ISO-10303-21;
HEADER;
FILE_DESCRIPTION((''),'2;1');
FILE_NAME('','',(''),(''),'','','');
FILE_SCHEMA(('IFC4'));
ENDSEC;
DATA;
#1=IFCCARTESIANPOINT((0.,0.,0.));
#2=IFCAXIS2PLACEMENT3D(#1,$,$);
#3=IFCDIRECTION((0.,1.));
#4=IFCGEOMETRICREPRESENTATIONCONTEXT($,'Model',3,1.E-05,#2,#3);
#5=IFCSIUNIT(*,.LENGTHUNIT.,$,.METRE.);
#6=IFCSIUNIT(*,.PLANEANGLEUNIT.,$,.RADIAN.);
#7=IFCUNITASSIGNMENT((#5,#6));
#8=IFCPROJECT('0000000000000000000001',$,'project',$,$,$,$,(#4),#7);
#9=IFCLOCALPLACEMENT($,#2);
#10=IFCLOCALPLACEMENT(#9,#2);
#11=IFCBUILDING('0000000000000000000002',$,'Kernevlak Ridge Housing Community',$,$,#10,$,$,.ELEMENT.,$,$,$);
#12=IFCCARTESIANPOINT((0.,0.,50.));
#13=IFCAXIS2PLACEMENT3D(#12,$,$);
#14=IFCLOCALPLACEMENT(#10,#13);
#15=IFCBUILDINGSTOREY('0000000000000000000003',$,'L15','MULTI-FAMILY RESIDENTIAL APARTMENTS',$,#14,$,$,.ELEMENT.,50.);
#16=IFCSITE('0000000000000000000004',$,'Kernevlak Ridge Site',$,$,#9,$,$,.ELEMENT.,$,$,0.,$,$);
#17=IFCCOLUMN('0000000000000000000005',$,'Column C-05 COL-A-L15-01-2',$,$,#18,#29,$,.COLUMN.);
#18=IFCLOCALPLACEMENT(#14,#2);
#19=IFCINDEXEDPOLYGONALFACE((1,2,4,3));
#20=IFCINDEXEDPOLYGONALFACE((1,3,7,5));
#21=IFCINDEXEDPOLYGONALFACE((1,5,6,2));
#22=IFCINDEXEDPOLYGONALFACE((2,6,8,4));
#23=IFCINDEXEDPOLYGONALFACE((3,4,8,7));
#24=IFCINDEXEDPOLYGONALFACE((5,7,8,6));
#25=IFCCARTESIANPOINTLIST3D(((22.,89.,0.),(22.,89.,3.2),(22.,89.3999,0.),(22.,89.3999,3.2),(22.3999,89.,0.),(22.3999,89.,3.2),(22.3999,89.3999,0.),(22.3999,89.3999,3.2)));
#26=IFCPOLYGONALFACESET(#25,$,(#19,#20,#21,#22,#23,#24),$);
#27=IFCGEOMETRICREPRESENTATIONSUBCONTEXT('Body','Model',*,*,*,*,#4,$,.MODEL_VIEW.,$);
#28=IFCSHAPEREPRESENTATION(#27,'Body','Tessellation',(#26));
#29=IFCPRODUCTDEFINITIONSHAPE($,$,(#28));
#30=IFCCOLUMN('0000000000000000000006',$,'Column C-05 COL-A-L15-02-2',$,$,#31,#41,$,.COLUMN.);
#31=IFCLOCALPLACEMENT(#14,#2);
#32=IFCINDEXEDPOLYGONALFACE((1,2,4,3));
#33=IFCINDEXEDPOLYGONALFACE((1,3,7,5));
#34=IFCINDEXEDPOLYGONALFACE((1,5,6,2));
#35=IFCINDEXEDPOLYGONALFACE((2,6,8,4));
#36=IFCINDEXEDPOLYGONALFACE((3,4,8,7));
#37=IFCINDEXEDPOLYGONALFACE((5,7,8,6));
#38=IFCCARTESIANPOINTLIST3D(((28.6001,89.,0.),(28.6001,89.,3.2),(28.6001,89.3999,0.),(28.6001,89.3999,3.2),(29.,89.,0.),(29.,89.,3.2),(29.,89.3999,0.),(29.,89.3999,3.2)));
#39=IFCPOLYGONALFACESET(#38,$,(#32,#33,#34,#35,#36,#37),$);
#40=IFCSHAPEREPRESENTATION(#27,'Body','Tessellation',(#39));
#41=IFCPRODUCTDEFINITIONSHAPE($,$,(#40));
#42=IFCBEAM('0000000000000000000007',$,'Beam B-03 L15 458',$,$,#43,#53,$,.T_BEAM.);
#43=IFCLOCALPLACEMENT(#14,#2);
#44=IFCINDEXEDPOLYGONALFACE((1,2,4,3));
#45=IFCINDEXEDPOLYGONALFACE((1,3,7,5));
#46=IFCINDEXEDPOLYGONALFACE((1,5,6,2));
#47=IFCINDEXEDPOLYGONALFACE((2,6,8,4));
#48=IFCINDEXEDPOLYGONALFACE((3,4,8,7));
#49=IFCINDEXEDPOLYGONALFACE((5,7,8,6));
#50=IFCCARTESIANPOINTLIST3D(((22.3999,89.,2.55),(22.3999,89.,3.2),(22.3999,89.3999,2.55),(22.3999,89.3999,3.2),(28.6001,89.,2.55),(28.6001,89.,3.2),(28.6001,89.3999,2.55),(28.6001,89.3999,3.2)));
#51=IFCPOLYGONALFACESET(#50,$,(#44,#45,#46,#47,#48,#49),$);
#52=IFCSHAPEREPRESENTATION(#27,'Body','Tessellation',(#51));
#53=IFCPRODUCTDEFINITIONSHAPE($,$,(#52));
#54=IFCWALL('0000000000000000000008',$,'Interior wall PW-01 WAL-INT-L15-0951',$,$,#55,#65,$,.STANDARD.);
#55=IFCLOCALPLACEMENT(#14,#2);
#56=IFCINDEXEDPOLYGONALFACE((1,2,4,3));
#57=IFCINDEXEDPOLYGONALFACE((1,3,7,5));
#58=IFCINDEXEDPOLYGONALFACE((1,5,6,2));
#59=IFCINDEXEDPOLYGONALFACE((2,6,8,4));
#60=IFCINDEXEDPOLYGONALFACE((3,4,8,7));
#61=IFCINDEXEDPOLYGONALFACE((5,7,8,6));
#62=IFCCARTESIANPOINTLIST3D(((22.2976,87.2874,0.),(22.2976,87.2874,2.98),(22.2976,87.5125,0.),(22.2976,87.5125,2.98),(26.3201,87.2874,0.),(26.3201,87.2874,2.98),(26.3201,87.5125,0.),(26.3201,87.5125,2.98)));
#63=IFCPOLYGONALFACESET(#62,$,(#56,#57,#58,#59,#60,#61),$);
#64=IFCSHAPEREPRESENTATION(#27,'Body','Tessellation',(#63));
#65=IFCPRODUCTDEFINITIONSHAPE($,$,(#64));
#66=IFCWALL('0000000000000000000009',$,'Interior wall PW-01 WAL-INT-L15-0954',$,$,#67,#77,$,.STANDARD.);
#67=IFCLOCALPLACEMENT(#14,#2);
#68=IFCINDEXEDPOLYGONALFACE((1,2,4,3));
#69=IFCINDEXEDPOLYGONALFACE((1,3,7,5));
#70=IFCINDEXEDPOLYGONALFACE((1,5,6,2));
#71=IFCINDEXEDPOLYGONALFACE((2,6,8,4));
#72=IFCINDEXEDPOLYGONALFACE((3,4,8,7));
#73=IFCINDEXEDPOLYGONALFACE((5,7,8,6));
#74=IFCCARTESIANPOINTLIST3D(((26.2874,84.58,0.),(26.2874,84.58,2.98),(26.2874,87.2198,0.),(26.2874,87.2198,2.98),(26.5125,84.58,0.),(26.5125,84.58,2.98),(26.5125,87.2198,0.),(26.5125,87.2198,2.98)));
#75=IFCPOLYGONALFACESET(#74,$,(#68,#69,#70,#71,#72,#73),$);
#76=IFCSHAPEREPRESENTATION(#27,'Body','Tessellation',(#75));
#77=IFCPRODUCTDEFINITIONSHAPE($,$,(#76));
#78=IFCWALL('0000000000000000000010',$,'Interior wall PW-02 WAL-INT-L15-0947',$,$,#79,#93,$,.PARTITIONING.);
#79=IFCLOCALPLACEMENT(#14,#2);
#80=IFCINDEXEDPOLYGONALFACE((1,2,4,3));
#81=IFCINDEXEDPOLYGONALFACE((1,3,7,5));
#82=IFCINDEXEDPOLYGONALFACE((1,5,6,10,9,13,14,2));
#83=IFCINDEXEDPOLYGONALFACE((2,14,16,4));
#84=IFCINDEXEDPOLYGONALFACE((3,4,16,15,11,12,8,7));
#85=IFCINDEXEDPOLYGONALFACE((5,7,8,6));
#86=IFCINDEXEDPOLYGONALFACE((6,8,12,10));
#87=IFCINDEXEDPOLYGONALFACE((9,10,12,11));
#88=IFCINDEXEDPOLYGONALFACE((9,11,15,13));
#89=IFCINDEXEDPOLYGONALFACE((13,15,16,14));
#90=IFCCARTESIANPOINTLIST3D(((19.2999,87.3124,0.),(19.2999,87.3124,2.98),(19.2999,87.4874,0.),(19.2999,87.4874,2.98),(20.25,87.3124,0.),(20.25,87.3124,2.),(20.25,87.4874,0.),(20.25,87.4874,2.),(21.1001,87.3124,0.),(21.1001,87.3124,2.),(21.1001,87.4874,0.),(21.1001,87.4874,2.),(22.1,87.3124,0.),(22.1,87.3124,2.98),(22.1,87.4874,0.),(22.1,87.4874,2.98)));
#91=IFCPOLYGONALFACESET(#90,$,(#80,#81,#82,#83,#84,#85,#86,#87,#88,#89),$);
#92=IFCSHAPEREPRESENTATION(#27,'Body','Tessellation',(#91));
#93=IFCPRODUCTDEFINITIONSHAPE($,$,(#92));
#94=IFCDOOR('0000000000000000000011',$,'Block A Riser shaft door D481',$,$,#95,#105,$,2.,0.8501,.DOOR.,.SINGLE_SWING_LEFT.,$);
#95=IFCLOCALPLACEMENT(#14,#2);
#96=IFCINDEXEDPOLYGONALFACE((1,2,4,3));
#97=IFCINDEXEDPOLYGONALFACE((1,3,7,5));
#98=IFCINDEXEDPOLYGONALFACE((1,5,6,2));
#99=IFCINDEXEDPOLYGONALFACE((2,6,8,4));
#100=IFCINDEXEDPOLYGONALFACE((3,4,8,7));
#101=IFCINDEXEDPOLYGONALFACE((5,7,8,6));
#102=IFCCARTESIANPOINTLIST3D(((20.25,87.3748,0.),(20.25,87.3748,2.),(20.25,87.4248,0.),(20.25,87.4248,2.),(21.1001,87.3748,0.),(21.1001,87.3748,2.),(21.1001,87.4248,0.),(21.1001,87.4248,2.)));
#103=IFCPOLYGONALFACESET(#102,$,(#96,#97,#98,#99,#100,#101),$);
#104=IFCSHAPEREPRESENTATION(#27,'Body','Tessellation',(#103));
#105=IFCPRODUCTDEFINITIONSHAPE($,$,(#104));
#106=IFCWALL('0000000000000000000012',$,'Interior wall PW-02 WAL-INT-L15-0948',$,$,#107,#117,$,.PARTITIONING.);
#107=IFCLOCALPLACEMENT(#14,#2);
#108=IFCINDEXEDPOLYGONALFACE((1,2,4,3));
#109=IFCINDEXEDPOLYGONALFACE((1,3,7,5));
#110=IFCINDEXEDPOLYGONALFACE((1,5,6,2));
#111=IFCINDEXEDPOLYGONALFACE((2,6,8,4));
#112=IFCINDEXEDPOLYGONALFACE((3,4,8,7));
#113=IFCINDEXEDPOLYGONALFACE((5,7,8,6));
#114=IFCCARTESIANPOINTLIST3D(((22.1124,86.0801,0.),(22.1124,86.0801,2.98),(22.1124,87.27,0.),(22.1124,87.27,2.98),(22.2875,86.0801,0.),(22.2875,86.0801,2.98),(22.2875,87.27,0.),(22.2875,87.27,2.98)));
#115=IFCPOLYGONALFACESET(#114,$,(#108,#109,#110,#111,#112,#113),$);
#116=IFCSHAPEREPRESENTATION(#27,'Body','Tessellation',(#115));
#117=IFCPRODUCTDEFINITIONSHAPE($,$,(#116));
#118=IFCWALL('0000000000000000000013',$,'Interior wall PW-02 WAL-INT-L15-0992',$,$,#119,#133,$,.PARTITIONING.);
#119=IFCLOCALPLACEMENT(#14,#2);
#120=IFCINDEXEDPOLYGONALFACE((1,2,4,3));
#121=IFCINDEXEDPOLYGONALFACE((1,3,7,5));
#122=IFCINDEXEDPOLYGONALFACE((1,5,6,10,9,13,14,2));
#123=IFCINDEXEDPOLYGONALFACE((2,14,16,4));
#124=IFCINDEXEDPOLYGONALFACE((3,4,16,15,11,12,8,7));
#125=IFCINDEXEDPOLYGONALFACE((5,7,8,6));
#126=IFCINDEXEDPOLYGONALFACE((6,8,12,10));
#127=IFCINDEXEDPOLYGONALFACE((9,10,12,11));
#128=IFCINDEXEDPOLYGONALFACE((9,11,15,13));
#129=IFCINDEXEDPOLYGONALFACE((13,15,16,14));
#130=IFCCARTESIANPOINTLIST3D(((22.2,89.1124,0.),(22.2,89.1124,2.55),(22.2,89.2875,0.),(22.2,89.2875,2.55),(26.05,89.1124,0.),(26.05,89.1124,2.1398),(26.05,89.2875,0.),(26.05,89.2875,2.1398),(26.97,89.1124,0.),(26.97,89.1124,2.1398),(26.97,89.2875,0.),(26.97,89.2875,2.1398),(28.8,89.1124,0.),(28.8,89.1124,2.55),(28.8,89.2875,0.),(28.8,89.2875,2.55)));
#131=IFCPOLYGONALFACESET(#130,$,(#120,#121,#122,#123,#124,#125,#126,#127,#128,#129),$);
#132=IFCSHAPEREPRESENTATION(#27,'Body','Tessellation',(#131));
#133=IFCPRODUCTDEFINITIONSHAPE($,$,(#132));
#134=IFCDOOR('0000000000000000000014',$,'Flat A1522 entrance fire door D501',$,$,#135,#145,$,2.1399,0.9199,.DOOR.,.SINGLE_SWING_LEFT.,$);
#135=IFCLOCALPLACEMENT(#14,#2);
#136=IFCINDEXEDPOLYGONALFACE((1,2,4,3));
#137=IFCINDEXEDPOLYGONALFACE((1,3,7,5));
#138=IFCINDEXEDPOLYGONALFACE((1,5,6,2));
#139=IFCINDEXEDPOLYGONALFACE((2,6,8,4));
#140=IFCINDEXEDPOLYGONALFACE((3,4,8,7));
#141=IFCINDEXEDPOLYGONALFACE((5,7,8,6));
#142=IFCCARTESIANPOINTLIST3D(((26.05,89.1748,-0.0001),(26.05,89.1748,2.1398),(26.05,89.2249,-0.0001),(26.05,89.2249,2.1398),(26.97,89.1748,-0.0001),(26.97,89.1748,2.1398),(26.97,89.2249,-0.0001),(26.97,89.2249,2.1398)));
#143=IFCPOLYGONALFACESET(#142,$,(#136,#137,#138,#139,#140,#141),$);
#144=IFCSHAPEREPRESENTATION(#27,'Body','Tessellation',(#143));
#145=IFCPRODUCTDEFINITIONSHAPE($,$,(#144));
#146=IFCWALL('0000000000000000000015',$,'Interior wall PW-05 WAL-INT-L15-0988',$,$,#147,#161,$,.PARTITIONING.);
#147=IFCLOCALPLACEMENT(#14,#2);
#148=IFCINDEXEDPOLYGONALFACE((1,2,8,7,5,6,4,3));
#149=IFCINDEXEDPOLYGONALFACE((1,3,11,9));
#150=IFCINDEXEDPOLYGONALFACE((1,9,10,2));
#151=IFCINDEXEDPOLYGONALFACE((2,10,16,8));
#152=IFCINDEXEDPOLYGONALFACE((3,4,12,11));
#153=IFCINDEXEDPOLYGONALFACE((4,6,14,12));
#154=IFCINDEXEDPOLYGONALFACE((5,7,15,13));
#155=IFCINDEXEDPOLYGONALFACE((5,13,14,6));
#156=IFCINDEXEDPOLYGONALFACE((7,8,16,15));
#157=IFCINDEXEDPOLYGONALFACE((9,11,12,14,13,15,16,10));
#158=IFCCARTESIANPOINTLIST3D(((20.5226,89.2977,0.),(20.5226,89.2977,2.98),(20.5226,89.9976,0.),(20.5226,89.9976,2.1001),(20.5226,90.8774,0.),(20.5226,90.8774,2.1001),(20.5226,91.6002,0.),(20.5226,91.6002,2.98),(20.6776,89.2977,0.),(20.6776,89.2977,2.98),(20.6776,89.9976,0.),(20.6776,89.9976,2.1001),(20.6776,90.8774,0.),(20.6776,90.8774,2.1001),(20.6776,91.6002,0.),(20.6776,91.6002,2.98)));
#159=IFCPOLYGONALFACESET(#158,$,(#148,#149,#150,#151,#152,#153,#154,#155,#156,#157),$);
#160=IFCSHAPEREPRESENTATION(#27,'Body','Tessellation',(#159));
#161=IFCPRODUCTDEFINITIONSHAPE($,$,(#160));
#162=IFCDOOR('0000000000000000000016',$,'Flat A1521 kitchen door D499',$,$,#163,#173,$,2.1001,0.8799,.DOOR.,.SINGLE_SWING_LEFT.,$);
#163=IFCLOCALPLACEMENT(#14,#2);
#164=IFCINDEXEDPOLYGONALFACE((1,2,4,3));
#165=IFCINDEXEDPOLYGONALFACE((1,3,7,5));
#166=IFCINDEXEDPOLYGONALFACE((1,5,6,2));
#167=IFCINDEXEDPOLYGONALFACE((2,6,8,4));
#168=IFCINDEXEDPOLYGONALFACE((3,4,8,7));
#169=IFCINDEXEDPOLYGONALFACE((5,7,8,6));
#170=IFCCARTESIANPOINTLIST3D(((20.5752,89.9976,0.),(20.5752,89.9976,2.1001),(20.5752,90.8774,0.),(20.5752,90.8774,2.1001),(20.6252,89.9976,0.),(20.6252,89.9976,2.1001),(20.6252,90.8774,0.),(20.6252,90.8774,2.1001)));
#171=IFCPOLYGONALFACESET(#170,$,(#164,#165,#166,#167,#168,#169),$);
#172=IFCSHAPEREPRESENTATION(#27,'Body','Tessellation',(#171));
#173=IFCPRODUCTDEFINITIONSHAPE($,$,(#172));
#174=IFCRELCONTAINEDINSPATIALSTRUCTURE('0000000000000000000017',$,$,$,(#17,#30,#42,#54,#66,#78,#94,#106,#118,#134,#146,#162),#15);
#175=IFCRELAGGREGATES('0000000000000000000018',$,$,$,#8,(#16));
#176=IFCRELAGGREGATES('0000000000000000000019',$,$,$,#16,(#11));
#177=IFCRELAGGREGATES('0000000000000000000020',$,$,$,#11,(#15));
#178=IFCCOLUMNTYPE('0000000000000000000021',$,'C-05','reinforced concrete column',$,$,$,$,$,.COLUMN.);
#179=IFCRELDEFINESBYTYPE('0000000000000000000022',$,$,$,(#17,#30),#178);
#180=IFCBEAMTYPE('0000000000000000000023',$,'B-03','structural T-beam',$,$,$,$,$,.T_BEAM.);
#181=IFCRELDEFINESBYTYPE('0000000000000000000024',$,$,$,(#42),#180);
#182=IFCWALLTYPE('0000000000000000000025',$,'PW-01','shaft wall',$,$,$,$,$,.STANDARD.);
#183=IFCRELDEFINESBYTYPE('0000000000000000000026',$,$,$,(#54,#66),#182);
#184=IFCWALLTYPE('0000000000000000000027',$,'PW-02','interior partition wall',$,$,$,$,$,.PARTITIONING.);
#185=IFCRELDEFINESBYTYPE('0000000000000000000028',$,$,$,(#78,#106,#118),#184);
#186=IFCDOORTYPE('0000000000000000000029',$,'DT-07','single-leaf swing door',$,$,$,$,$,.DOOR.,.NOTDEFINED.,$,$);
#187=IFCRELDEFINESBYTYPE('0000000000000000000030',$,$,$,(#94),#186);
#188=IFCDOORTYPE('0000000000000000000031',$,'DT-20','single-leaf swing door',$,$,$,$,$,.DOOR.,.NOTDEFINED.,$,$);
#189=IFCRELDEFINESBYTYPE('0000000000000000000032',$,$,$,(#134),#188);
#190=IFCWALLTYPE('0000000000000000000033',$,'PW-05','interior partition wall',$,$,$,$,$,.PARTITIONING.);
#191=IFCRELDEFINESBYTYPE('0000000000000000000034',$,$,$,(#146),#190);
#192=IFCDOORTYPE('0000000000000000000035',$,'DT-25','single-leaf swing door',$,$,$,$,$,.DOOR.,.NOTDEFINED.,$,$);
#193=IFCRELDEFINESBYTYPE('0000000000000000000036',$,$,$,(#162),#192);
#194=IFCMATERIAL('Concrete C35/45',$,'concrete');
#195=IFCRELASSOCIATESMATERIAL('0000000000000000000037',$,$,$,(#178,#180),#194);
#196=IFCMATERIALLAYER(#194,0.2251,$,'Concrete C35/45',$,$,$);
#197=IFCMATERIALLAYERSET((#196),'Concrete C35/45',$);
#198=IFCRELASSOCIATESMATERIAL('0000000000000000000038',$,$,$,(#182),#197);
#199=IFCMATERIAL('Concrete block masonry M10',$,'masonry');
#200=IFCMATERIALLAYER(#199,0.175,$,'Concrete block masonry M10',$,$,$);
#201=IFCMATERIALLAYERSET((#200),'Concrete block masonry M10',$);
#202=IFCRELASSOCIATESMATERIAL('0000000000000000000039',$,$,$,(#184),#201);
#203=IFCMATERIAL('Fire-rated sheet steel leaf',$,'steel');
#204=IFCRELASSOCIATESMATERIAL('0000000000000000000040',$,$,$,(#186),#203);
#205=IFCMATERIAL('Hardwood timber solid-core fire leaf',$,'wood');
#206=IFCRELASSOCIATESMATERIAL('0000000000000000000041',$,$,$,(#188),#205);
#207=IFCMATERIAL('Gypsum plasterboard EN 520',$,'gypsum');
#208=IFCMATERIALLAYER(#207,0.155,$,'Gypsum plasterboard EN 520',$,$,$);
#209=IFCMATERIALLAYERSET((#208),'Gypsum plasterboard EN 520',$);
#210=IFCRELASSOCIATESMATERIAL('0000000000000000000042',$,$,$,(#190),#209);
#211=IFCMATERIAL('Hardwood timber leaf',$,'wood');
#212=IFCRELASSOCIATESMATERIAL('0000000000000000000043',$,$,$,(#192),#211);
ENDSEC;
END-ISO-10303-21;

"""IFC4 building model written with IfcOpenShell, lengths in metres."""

from ifc_helpers import new_model, si_unit, direction, frame, frame_2d, origin, origin_2d, place, context, subcontext, project, spatial, rectangle, extrude, material, layer, layer_set, material_profile, profile_set, type_object, element, fill, save


model = new_model("IFC4")

# Units and contexts
model_context = context("Model", 3, precision=1e-05, world=origin(), true_north=direction((0.0, 1.0)))
body_context = subcontext(model_context, "Body", "Model", "MODEL_VIEW")
ifc_project = project(units=[si_unit("LENGTHUNIT", "METRE"), si_unit("PLANEANGLEUNIT", "RADIAN")], contexts=[model_context])

# Site, building, storey
site_placement = place(None, origin())
site = spatial("IfcSite", under=ifc_project, at=site_placement, Name="Kernevlak Ridge Site", CompositionType="ELEMENT", RefElevation=0.0)
building_placement = place(site_placement, origin())
building = spatial("IfcBuilding", under=site, at=building_placement, Name="Kernevlak Ridge Housing Community", CompositionType="ELEMENT")
storey_placement = place(building_placement, frame((0.0, 0.0, 50.0)))
storey = spatial("IfcBuildingStorey", under=building, at=storey_placement, Name="L15", Description="MULTI-FAMILY RESIDENTIAL APARTMENTS", CompositionType="ELEMENT", Elevation=50.0)

# Columns
ifc_material_1 = material(Name="Concrete C35/45", Category="concrete")
ifc_material_profile_1 = material_profile(ifc_material_1, rectangle(XDim=0.3999, YDim=0.3999, at=origin_2d()), Name="RC 400x400")
ifc_profile_set_1 = profile_set([ifc_material_profile_1], Name="Concrete C35/45")
column_type = type_object("IfcColumnType", Name="C-05", Description="reinforced concrete column", PredefinedType="COLUMN", material=ifc_profile_set_1)
for number, where, z_axis, x_axis, name in (
    (1, (22.2, 89.2, 0.0), (0.0, 0.0, 1.0), (1.0, 0.0, 0.0), "Column C-05 COL-A-L15-01-2"),
    (2, (28.8, 89.2, 0.0), (0.0, 0.0, 1.0), (1.0, 0.0, 0.0), "Column C-05 COL-A-L15-02-2"),
):
    element("IfcColumn", number, at=place(storey_placement, frame(where, z_axis=z_axis, x_axis=x_axis)), inside=storey, type_object=column_type, Name=name, PredefinedType="COLUMN", context=body_context, shape_type="SweptSolid", body=[
        extrude(rectangle(XDim=0.3999, YDim=0.3999, at=origin_2d()), origin(), (0.0, 0.0, 1.0), 3.2),
    ])

# Beam
ifc_material_profile_2 = material_profile(ifc_material_1, rectangle(XDim=0.3999, YDim=0.6499, at=origin_2d()), Name="RC 400x650")
ifc_profile_set_2 = profile_set([ifc_material_profile_2], Name="Concrete C35/45")
beam_type = type_object("IfcBeamType", Name="B-03", Description="structural T-beam", PredefinedType="T_BEAM", material=ifc_profile_set_2)
beam_placement = place(storey_placement, frame((22.3999, 89.2, 2.875), z_axis=(1.0, 0.0, 0.0), x_axis=(0.0, 1.0, 0.0)))
element("IfcBeam", 3, at=beam_placement, inside=storey, type_object=beam_type, Name="Beam B-03 L15 458", PredefinedType="T_BEAM", context=body_context, shape_type="SweptSolid", body=[
    extrude(rectangle(XDim=0.3999, YDim=0.6499, at=origin_2d()), origin(), (0.0, 0.0, 1.0), 6.2002),
])

# Walls
ifc_layer_1 = layer(ifc_material_1, 0.2251, Name="Concrete C35/45")
ifc_layer_set_1 = layer_set([ifc_layer_1], Name="Concrete C35/45")
wall_type_1 = type_object("IfcWallType", Name="PW-01", Description="shaft wall", PredefinedType="STANDARD", material=ifc_layer_set_1)
wall_1_placement = place(storey_placement, frame((22.2976, 87.3999, 0.0), z_axis=(0.0, 0.0, 1.0), x_axis=(1.0, 0.0, 0.0)))
element("IfcWall", 4, at=wall_1_placement, inside=storey, type_object=wall_type_1, Name="Interior wall PW-01 WAL-INT-L15-0951", PredefinedType="STANDARD", context=body_context, shape_type="SweptSolid", body=[
    extrude(rectangle(XDim=4.0225, YDim=0.2251, at=frame_2d((2.0112, 0.0))), origin(), (0.0, 0.0, 1.0), 2.98),
])
wall_2_placement = place(storey_placement, frame((26.3999, 84.5801, 0.0), z_axis=(0.0, 0.0, 1.0), x_axis=(0.0, 1.0, 0.0)))
element("IfcWall", 5, at=wall_2_placement, inside=storey, type_object=wall_type_1, Name="Interior wall PW-01 WAL-INT-L15-0954", PredefinedType="STANDARD", context=body_context, shape_type="SweptSolid", body=[
    extrude(rectangle(XDim=2.6399, YDim=0.2251, at=frame_2d((1.3198, 0.0))), origin(), (0.0, 0.0, 1.0), 2.98),
])

# Wall, opening, door
ifc_material_2 = material(Name="Concrete block masonry M10", Category="masonry")
ifc_layer_2 = layer(ifc_material_2, 0.175, Name="Concrete block masonry M10")
ifc_layer_set_2 = layer_set([ifc_layer_2], Name="Concrete block masonry M10")
wall_type_2 = type_object("IfcWallType", Name="PW-02", Description="interior partition wall", PredefinedType="PARTITIONING", material=ifc_layer_set_2)
wall_3_placement = place(storey_placement, frame((19.3, 87.3999, 0.0), z_axis=(0.0, 0.0, 1.0), x_axis=(1.0, 0.0, 0.0)))
wall_3 = element("IfcWall", 6, at=wall_3_placement, inside=storey, type_object=wall_type_2, Name="Interior wall PW-02 WAL-INT-L15-0947", PredefinedType="PARTITIONING", context=body_context, shape_type="SweptSolid", body=[
    extrude(rectangle(XDim=2.8, YDim=0.175, at=frame_2d((1.3999, 0.0))), origin(), (0.0, 0.0, 1.0), 2.98),
])
opening_1_placement = place(wall_3_placement, frame((0.95, 0.0, 0.0)))
opening_1 = element("IfcOpeningElement", 7, at=opening_1_placement, cuts=wall_3, PredefinedType="OPENING", context=body_context, shape_type="SweptSolid", body=[
    extrude(rectangle(XDim=0.8501, YDim=2.0, at=frame_2d((0.425, 1.0))), frame((0.0, 0.0974, 0.0), z_axis=(0.0, -1.0, 0.0), x_axis=(1.0, 0.0, 0.0)), (0.0, 0.0, 1.0), 0.1951),
])
ifc_material_3 = material(Name="Fire-rated sheet steel leaf", Category="steel")
door_type_1 = type_object("IfcDoorType", Name="DT-07", Description="single-leaf swing door", OperationType="NOTDEFINED", PredefinedType="DOOR", material=ifc_material_3)
door_1_placement = place(opening_1_placement, origin())
door_1 = element("IfcDoor", 8, at=door_1_placement, inside=storey, type_object=door_type_1, Name="Block A Riser shaft door D481", OperationType="SINGLE_SWING_LEFT", OverallHeight=2.0, OverallWidth=0.8501, PredefinedType="DOOR", context=body_context, shape_type="SweptSolid", body=[
    extrude(rectangle(XDim=0.8501, YDim=2.0, at=frame_2d((0.425, 1.0))), frame((0.0, 0.0249, 0.0), z_axis=(0.0, -1.0, 0.0), x_axis=(1.0, 0.0, 0.0)), (0.0, 0.0, 1.0), 0.05),
])
fill(opening_1, door_1)

# Wall
wall_4_placement = place(storey_placement, frame((22.2, 86.0801, 0.0), z_axis=(0.0, 0.0, 1.0), x_axis=(0.0, 1.0, 0.0)))
element("IfcWall", 9, at=wall_4_placement, inside=storey, type_object=wall_type_2, Name="Interior wall PW-02 WAL-INT-L15-0948", PredefinedType="PARTITIONING", context=body_context, shape_type="SweptSolid", body=[
    extrude(rectangle(XDim=1.1899, YDim=0.175, at=frame_2d((0.595, 0.0))), origin(), (0.0, 0.0, 1.0), 2.98),
])

# Walls, openings, doors
wall_5_placement = place(storey_placement, frame((22.2, 89.2, 0.0), z_axis=(0.0, 0.0, 1.0), x_axis=(1.0, 0.0, 0.0)))
wall_5 = element("IfcWall", 10, at=wall_5_placement, inside=storey, type_object=wall_type_2, Name="Interior wall PW-02 WAL-INT-L15-0992", PredefinedType="PARTITIONING", context=body_context, shape_type="SweptSolid", body=[
    extrude(rectangle(XDim=6.6001, YDim=0.175, at=frame_2d((3.3, 0.0))), origin(), (0.0, 0.0, 1.0), 2.55),
])
opening_2_placement = place(wall_5_placement, frame((3.8501, 0.0, 0.0)))
opening_2 = element("IfcOpeningElement", 11, at=opening_2_placement, cuts=wall_5, PredefinedType="OPENING", context=body_context, shape_type="SweptSolid", body=[
    extrude(rectangle(XDim=0.9199, YDim=2.1399, at=frame_2d((0.46, 1.0698))), frame((0.0, 0.0974, 0.0), z_axis=(0.0, -1.0, 0.0), x_axis=(1.0, 0.0, 0.0)), (0.0, 0.0, 1.0), 0.1951),
])
ifc_material_4 = material(Name="Hardwood timber solid-core fire leaf", Category="wood")
door_type_2 = type_object("IfcDoorType", Name="DT-20", Description="single-leaf swing door", OperationType="NOTDEFINED", PredefinedType="DOOR", material=ifc_material_4)
door_2_placement = place(opening_2_placement, origin())
door_2 = element("IfcDoor", 12, at=door_2_placement, inside=storey, type_object=door_type_2, Name="Flat A1522 entrance fire door D501", OperationType="SINGLE_SWING_LEFT", OverallHeight=2.1399, OverallWidth=0.9199, PredefinedType="DOOR", context=body_context, shape_type="SweptSolid", body=[
    extrude(rectangle(XDim=0.9199, YDim=2.1399, at=frame_2d((0.46, 1.0698))), frame((0.0, 0.0249, 0.0), z_axis=(0.0, -1.0, 0.0), x_axis=(1.0, 0.0, 0.0)), (0.0, 0.0, 1.0), 0.05),
])
fill(opening_2, door_2)
ifc_material_5 = material(Name="Gypsum plasterboard EN 520", Category="gypsum")
ifc_layer_3 = layer(ifc_material_5, 0.155, Name="Gypsum plasterboard EN 520")
ifc_layer_set_3 = layer_set([ifc_layer_3], Name="Gypsum plasterboard EN 520")
wall_type_3 = type_object("IfcWallType", Name="PW-05", Description="interior partition wall", PredefinedType="PARTITIONING", material=ifc_layer_set_3)
wall_6_placement = place(storey_placement, frame((20.6001, 89.2976, 0.0), z_axis=(0.0, 0.0, 1.0), x_axis=(0.0, 1.0, 0.0)))
wall_6 = element("IfcWall", 13, at=wall_6_placement, inside=storey, type_object=wall_type_3, Name="Interior wall PW-05 WAL-INT-L15-0988", PredefinedType="PARTITIONING", context=body_context, shape_type="SweptSolid", body=[
    extrude(rectangle(XDim=2.3025, YDim=0.155, at=frame_2d((1.1514, 0.0))), origin(), (0.0, 0.0, 1.0), 2.98),
])
opening_3_placement = place(wall_6_placement, frame((0.7, 0.0, 0.0)))
opening_3 = element("IfcOpeningElement", 14, at=opening_3_placement, cuts=wall_6, PredefinedType="OPENING", context=body_context, shape_type="SweptSolid", body=[
    extrude(rectangle(XDim=0.8799, YDim=2.1001, at=frame_2d((0.4399, 1.05))), frame((0.0, 0.0874, 0.0), z_axis=(0.0, -1.0, 0.0), x_axis=(1.0, 0.0, 0.0)), (0.0, 0.0, 1.0), 0.175),
])
ifc_material_6 = material(Name="Hardwood timber leaf", Category="wood")
door_type_3 = type_object("IfcDoorType", Name="DT-25", Description="single-leaf swing door", OperationType="NOTDEFINED", PredefinedType="DOOR", material=ifc_material_6)
door_3_placement = place(opening_3_placement, origin())
door_3 = element("IfcDoor", 15, at=door_3_placement, inside=storey, type_object=door_type_3, Name="Flat A1521 kitchen door D499", OperationType="SINGLE_SWING_LEFT", OverallHeight=2.1001, OverallWidth=0.8799, PredefinedType="DOOR", context=body_context, shape_type="SweptSolid", body=[
    extrude(rectangle(XDim=0.8799, YDim=2.1001, at=frame_2d((0.4399, 1.05))), frame((0.0, 0.0249, 0.0), z_axis=(0.0, -1.0, 0.0), x_axis=(1.0, 0.0, 0.0)), (0.0, 0.0, 1.0), 0.05),
])
fill(opening_3, door_3)

save(model, "model.ifc")
